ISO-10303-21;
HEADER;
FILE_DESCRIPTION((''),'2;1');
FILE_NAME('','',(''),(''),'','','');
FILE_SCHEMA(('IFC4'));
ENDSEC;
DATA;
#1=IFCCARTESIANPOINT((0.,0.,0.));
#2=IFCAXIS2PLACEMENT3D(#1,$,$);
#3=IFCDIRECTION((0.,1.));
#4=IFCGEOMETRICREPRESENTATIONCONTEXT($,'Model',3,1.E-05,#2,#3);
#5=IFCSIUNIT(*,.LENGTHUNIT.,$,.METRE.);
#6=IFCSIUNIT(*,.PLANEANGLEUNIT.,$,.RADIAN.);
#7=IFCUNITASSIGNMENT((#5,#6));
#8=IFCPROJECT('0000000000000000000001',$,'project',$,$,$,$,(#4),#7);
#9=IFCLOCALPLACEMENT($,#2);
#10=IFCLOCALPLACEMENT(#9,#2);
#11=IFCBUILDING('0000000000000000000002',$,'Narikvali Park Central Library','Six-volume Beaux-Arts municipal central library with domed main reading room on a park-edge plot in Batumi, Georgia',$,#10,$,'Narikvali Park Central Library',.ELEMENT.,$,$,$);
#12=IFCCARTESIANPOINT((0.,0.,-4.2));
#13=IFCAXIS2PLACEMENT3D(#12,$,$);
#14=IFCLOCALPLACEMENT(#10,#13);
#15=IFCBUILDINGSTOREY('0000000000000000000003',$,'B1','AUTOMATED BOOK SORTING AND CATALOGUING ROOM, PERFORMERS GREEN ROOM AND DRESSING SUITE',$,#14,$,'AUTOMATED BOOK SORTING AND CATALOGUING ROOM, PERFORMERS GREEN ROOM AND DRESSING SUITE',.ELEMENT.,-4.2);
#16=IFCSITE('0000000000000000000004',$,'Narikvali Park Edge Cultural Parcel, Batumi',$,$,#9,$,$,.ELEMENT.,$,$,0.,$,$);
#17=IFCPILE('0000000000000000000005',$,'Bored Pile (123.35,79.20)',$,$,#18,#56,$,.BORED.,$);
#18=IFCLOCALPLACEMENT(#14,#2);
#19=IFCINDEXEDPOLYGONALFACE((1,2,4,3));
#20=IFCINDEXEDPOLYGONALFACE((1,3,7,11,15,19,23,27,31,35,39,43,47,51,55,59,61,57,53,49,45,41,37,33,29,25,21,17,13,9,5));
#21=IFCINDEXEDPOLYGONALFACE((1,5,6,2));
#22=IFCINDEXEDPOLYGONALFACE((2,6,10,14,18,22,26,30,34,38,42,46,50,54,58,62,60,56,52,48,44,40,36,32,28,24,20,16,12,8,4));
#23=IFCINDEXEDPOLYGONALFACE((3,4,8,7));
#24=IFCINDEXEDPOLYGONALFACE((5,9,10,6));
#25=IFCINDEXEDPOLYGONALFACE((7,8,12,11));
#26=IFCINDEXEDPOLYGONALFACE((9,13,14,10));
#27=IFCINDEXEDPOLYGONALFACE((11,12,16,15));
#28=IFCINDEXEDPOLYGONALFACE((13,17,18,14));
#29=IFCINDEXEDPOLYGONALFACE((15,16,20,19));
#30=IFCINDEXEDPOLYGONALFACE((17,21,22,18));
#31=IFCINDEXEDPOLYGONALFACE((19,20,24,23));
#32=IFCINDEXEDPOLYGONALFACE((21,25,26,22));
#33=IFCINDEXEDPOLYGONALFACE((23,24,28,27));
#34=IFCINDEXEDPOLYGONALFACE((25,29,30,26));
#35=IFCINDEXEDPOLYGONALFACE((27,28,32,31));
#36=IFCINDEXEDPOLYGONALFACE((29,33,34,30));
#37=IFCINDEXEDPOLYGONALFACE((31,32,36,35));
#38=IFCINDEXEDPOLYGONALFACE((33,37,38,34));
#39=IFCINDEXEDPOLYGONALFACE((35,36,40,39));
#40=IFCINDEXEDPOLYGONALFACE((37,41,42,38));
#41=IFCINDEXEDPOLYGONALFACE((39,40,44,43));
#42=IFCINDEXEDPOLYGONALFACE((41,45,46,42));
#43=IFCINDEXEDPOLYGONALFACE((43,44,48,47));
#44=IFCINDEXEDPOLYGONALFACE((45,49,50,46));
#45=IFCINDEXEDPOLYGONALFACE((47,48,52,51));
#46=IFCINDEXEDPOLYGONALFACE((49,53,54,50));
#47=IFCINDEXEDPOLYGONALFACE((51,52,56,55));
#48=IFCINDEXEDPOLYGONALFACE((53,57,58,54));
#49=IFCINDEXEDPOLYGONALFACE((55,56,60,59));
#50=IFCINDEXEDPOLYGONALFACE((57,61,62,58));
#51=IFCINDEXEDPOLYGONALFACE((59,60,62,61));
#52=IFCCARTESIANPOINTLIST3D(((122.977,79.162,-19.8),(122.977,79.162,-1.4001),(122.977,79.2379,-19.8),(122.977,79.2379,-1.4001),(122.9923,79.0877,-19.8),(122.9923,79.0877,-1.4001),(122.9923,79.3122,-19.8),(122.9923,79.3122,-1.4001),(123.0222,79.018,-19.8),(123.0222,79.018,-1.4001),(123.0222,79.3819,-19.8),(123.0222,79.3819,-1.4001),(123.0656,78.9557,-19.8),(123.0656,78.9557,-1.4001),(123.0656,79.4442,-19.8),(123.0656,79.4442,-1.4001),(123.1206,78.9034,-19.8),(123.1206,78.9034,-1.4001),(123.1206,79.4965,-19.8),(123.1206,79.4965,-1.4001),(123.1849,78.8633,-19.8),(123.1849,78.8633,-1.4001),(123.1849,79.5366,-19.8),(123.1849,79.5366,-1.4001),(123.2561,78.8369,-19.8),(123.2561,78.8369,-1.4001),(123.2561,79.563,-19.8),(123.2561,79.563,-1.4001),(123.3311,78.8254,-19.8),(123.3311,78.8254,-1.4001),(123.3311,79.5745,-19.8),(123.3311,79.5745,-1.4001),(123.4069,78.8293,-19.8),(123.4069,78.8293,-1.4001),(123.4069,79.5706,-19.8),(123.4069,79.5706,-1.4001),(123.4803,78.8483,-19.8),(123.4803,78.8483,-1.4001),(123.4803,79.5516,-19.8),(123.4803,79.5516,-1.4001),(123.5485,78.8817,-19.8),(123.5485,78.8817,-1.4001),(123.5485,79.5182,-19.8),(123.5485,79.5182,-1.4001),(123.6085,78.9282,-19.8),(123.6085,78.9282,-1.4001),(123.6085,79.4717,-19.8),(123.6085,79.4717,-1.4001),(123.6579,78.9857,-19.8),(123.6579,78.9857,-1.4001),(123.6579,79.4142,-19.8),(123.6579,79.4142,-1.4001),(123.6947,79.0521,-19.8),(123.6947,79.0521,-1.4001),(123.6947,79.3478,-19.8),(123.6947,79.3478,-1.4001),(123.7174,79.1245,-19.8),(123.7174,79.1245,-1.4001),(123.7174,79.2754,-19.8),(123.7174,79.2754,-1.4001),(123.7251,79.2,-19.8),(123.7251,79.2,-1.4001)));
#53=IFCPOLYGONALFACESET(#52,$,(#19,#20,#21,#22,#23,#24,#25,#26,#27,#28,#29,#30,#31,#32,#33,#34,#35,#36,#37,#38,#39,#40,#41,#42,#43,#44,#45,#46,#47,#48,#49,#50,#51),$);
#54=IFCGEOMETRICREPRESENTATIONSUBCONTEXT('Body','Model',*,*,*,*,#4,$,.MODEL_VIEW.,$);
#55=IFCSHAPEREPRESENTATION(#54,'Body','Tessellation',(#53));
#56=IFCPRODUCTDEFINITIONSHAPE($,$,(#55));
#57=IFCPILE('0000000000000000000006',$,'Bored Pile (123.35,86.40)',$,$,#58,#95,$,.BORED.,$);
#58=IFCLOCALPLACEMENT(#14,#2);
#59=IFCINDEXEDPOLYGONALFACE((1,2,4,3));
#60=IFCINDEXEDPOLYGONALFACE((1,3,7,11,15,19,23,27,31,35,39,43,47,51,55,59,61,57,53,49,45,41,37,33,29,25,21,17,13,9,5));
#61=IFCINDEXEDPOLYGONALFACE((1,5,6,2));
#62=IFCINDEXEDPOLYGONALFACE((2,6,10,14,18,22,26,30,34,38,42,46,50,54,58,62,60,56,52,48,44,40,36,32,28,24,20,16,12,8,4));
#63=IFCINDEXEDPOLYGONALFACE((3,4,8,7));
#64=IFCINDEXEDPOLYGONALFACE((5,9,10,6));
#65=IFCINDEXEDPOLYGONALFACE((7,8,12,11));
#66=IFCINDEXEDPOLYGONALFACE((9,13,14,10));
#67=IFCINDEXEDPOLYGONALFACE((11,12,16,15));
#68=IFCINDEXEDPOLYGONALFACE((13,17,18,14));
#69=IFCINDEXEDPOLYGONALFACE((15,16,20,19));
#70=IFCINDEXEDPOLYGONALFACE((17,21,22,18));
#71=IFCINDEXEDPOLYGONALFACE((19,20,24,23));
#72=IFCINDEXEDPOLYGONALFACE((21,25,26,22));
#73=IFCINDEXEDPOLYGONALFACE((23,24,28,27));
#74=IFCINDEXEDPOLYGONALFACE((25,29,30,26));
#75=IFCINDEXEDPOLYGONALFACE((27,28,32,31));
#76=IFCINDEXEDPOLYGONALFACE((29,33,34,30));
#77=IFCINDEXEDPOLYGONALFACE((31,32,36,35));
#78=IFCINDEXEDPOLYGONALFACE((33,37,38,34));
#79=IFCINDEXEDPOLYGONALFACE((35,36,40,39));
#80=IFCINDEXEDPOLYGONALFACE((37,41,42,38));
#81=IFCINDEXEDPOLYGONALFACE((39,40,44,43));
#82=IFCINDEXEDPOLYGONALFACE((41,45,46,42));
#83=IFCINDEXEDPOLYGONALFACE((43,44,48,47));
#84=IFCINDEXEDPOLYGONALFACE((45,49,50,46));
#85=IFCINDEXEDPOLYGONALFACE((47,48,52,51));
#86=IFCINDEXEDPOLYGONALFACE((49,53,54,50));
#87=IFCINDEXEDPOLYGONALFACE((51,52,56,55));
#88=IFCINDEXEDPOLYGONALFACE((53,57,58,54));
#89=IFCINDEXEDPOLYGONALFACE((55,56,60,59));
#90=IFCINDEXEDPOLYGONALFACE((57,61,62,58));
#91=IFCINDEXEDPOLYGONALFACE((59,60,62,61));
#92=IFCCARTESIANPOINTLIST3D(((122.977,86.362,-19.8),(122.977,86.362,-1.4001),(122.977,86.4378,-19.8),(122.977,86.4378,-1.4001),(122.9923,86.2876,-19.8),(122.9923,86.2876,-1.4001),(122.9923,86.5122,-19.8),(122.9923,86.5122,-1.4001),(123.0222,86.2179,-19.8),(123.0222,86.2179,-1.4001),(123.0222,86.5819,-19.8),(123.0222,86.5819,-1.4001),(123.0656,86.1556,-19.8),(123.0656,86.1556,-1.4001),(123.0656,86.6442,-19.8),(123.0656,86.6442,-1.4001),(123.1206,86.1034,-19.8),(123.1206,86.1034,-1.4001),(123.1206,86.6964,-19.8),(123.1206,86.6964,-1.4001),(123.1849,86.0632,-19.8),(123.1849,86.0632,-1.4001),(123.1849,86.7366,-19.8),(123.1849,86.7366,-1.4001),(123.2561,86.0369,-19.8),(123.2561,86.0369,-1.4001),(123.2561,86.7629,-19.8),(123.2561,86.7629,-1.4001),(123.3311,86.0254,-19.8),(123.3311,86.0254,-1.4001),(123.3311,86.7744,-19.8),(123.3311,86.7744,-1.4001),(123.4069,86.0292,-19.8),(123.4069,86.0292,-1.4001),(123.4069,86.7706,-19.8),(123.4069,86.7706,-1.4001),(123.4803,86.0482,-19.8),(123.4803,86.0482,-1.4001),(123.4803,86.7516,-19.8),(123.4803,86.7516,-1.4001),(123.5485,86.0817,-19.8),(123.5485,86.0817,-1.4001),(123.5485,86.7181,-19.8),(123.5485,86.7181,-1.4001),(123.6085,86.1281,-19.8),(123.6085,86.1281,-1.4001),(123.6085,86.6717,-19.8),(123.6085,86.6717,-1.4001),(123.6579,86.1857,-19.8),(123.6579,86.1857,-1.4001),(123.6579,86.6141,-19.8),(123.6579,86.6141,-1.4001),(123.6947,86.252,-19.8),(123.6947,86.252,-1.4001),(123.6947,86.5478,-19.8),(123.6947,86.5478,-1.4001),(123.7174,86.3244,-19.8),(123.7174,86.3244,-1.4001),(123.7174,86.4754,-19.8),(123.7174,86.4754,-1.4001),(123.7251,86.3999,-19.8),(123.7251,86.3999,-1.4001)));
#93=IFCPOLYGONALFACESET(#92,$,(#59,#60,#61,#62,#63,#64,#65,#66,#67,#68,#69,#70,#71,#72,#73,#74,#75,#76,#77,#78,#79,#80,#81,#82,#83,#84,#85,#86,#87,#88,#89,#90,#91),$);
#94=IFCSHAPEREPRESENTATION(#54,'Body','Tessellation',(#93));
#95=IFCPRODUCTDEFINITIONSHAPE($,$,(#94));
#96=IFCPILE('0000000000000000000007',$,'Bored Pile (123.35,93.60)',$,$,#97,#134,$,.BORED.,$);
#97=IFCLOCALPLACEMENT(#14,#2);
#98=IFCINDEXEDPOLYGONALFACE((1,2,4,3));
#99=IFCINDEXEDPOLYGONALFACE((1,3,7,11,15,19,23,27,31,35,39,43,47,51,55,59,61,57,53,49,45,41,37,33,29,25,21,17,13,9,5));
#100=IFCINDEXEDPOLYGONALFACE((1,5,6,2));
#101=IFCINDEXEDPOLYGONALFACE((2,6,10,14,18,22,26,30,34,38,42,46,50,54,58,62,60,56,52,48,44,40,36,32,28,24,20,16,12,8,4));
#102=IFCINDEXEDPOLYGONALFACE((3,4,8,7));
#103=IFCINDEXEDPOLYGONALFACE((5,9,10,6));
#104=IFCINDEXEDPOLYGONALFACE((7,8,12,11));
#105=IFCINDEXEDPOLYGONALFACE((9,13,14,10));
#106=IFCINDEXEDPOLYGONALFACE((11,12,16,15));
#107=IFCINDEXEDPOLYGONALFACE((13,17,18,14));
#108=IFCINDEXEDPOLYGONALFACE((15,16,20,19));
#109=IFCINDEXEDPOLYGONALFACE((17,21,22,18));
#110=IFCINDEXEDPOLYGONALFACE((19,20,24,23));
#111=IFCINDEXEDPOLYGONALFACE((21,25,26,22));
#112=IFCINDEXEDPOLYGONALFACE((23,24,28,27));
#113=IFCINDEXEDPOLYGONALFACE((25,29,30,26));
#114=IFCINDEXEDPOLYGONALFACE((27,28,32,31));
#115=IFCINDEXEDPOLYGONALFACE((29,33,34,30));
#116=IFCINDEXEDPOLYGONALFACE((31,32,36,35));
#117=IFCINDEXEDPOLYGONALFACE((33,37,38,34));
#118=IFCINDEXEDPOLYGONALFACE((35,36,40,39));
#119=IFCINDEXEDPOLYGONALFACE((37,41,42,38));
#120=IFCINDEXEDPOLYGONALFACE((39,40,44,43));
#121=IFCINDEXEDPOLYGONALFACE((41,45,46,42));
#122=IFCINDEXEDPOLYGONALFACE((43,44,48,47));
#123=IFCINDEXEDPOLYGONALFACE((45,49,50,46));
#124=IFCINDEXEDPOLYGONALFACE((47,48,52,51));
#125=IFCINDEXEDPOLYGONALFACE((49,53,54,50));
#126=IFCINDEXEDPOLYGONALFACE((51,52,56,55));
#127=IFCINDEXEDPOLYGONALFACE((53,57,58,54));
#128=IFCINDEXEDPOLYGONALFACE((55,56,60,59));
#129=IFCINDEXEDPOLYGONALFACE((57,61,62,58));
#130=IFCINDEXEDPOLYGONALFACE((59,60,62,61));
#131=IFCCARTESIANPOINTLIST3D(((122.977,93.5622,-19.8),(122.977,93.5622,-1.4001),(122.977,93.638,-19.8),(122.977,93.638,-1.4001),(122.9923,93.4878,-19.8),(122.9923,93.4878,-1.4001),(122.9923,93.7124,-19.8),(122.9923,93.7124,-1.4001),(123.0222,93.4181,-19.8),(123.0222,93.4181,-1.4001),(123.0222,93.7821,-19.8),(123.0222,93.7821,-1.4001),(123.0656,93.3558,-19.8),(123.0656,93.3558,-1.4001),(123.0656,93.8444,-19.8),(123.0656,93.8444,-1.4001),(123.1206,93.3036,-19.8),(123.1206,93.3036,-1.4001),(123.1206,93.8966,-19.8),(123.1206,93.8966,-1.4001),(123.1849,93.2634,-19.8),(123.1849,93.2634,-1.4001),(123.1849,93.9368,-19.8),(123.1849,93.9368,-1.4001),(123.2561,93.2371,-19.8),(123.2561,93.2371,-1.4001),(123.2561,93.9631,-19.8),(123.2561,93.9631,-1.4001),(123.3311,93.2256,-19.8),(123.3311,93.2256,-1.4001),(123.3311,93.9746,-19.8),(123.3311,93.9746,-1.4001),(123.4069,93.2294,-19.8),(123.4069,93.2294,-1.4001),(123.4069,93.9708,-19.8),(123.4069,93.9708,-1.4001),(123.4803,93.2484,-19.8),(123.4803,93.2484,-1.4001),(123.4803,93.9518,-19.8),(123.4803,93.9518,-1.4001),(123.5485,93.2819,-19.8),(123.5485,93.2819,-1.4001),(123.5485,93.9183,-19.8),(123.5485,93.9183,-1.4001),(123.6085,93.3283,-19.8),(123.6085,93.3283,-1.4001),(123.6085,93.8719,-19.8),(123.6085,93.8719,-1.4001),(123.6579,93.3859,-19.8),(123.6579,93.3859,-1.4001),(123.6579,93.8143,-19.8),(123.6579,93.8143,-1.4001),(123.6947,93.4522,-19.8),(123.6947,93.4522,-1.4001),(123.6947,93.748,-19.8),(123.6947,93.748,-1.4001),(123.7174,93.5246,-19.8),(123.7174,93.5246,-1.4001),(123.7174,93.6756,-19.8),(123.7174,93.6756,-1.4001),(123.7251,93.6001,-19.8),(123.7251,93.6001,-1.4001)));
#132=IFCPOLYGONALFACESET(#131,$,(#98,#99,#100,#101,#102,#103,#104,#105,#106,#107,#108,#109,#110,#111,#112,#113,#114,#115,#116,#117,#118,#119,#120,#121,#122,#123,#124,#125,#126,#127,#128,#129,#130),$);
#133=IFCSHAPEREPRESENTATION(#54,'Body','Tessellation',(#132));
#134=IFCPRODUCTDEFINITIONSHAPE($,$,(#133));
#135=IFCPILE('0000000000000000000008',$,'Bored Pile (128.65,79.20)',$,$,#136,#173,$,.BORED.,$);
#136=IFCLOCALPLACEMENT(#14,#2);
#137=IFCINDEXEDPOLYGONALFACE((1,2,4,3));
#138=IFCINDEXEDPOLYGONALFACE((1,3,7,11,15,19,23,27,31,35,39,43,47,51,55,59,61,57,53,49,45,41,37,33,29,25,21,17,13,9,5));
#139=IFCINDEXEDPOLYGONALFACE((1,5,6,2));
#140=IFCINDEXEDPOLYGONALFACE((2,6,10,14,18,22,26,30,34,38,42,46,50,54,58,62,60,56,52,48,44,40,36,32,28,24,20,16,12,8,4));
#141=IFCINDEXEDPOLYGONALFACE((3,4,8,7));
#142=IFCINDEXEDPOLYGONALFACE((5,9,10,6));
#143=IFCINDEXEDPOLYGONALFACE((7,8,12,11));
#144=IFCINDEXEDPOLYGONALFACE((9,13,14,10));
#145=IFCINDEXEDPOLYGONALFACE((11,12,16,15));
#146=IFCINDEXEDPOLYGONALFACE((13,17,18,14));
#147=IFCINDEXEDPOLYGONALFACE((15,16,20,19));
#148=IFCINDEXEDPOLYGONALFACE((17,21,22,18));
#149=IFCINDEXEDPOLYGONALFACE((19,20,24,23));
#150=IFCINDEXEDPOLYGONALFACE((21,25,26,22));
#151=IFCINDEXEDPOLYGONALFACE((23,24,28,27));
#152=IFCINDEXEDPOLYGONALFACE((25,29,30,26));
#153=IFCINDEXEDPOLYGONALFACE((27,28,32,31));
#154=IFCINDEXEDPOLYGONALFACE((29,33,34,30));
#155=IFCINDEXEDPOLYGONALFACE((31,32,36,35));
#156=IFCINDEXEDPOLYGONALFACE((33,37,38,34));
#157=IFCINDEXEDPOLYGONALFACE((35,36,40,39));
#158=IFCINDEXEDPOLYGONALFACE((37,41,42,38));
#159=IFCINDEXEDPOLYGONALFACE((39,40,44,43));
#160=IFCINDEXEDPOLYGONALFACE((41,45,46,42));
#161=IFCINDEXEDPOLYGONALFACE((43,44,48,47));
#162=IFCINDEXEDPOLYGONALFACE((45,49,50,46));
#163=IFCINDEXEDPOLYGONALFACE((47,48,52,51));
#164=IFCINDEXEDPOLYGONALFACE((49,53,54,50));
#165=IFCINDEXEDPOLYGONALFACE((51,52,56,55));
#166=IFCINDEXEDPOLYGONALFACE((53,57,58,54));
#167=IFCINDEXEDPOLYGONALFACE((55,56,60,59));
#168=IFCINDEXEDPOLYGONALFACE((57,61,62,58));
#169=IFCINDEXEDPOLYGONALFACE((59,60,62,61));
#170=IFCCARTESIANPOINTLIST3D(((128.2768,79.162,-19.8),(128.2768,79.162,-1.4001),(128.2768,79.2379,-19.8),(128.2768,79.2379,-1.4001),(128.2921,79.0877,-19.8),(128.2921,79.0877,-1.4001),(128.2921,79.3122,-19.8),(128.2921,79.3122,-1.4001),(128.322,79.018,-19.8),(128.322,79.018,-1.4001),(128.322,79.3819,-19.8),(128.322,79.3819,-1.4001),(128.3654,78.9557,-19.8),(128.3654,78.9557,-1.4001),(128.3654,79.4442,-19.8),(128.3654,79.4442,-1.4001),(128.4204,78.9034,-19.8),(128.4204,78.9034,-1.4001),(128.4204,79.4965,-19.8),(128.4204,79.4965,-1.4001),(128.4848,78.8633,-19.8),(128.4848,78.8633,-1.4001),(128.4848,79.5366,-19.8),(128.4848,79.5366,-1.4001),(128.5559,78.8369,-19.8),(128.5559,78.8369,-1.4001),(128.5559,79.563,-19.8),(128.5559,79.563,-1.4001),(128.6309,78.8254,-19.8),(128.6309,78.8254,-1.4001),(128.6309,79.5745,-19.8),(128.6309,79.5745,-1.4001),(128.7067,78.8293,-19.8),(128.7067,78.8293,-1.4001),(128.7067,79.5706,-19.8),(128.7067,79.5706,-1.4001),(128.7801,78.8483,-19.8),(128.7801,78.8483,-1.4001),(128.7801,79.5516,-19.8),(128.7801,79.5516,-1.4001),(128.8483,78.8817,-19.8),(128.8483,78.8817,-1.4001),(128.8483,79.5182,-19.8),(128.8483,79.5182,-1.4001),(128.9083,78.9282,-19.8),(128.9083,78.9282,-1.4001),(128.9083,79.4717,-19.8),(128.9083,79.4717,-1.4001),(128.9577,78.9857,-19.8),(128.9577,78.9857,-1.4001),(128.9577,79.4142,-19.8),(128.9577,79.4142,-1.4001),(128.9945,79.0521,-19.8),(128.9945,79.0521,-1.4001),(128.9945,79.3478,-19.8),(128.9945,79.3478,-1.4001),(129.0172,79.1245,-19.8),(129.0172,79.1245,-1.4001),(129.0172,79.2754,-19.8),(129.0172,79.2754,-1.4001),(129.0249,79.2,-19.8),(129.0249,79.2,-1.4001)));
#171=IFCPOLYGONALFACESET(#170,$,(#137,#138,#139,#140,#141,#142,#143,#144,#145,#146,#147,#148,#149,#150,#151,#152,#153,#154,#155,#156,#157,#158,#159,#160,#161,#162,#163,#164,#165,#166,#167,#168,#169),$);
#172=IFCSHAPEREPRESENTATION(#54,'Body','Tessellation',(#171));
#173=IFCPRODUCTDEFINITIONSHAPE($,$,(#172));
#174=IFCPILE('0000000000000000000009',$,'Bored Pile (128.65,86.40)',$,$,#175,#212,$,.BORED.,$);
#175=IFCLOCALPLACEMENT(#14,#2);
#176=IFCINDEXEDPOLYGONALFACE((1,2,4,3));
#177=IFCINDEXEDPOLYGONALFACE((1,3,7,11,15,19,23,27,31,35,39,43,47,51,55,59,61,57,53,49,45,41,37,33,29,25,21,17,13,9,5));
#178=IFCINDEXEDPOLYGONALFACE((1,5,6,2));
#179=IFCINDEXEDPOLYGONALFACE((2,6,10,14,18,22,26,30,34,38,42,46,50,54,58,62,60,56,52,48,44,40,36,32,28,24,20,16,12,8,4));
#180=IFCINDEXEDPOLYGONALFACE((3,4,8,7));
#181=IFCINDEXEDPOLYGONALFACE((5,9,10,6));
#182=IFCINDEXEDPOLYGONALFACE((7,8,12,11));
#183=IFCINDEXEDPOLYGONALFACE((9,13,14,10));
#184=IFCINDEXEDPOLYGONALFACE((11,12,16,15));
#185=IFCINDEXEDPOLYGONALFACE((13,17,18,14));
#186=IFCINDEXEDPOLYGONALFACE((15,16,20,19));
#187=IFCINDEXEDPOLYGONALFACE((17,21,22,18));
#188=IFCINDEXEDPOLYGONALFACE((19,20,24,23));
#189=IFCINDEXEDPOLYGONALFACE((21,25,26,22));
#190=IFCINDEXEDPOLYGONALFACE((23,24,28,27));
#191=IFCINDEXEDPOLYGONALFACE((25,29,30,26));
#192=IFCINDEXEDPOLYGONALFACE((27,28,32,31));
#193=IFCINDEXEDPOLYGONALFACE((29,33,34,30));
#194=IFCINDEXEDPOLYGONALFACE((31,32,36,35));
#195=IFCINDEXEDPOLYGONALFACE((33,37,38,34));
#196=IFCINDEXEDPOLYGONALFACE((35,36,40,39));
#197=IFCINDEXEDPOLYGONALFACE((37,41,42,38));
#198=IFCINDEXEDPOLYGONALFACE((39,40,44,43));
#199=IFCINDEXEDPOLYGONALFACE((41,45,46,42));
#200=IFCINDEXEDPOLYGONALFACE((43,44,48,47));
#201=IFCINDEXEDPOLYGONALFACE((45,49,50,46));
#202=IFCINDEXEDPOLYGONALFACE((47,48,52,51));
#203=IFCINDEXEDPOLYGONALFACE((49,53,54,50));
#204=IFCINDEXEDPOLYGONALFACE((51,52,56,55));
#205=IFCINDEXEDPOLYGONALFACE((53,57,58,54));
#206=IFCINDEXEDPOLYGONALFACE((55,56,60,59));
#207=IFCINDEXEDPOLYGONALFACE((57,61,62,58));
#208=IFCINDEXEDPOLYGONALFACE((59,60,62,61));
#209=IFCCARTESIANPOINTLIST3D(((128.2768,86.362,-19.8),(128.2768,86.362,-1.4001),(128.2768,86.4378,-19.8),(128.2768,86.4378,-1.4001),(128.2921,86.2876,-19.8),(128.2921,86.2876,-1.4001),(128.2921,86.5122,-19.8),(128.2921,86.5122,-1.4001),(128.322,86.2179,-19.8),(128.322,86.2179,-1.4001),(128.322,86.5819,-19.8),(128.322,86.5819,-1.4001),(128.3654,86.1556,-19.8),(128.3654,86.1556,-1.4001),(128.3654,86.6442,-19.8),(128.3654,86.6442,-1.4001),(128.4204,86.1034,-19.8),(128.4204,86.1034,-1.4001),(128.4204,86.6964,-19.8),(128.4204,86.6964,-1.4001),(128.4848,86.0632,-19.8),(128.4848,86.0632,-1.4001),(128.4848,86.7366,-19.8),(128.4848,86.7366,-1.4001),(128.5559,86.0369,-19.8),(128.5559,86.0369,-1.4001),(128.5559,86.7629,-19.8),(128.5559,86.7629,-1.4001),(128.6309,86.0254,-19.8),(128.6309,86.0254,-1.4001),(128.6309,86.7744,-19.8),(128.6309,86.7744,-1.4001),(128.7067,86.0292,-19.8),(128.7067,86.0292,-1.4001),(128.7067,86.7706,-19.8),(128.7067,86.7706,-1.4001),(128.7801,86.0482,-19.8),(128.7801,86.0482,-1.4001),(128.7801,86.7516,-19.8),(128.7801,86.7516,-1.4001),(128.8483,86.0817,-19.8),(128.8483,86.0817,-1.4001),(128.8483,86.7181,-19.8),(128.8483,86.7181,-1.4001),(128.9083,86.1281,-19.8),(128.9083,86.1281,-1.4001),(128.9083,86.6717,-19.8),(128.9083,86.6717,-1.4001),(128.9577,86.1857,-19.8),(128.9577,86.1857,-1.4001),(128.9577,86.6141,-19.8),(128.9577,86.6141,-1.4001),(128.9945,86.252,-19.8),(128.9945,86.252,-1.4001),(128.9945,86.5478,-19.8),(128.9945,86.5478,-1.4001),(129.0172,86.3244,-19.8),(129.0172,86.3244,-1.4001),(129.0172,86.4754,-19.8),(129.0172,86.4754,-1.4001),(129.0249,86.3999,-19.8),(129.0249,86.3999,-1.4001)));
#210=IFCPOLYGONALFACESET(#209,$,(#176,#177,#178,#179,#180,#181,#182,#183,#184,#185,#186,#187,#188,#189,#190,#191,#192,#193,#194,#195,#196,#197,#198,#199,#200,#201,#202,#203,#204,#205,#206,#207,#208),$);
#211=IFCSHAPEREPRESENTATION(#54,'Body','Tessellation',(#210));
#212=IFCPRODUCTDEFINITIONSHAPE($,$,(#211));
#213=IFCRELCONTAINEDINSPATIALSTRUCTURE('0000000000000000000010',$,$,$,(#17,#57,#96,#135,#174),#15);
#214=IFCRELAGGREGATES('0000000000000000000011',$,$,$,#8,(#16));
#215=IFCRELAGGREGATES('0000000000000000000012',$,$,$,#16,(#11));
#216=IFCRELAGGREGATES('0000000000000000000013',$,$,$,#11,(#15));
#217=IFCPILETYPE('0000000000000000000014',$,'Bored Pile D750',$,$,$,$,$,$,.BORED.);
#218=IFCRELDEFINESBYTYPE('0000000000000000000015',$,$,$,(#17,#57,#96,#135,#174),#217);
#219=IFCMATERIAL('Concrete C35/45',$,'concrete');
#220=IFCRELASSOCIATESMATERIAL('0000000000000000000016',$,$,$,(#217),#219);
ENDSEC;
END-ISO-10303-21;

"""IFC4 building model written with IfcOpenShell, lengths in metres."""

from ifc_helpers import new_model, si_unit, direction, frame, origin, origin_2d, place, context, subcontext, project, spatial, circle, extrude, material, material_profile, profile_set, type_object, element, save


model = new_model("IFC4")

# Units and contexts
model_context = context("Model", 3, precision=1e-05, world=origin(), true_north=direction((0.0, 1.0)))
body_context = subcontext(model_context, "Body", "Model", "MODEL_VIEW")
ifc_project = project(units=[si_unit("LENGTHUNIT", "METRE"), si_unit("PLANEANGLEUNIT", "RADIAN")], contexts=[model_context])

# Site, building, storey
site_placement = place(None, origin())
site = spatial("IfcSite", under=ifc_project, at=site_placement, Name="Narikvali Park Edge Cultural Parcel, Batumi", CompositionType="ELEMENT", RefElevation=0.0)
building_placement = place(site_placement, origin())
building = spatial("IfcBuilding", under=site, at=building_placement, Name="Narikvali Park Central Library", Description="Six-volume Beaux-Arts municipal central library with domed main reading room on a park-edge plot in Batumi, Georgia", LongName="Narikvali Park Central Library", CompositionType="ELEMENT")
storey_placement = place(building_placement, frame((0.0, 0.0, -4.2)))
storey = spatial("IfcBuildingStorey", under=building, at=storey_placement, Name="B1", Description="AUTOMATED BOOK SORTING AND CATALOGUING ROOM, PERFORMERS GREEN ROOM AND DRESSING SUITE", LongName="AUTOMATED BOOK SORTING AND CATALOGUING ROOM, PERFORMERS GREEN ROOM AND DRESSING SUITE", CompositionType="ELEMENT", Elevation=-4.2)

# Piles
ifc_material_1 = material(Name="Concrete C35/45", Category="concrete")
ifc_material_profile_1 = material_profile(ifc_material_1, circle(Radius=0.375, at=origin_2d()), Name="PILE D750")
ifc_profile_set_1 = profile_set([ifc_material_profile_1], Name="Concrete C35/45")
pile_type = type_object("IfcPileType", Name="Bored Pile D750", PredefinedType="BORED", material=ifc_profile_set_1)
for number, where, z_axis, x_axis, name in (
    (1, (123.3501, 79.2, -1.4001), (0.0, 0.0, -1.0), (1.0, 0.0, 0.0), "Bored Pile (123.35,79.20)"),
    (2, (123.3501, 86.3999, -1.4001), (0.0, 0.0, -1.0), (1.0, 0.0, 0.0), "Bored Pile (123.35,86.40)"),
    (3, (123.3501, 93.6001, -1.4001), (0.0, 0.0, -1.0), (1.0, 0.0, 0.0), "Bored Pile (123.35,93.60)"),
    (4, (128.6499, 79.2, -1.4001), (0.0, 0.0, -1.0), (1.0, 0.0, 0.0), "Bored Pile (128.65,79.20)"),
    (5, (128.6499, 86.3999, -1.4001), (0.0, 0.0, -1.0), (1.0, 0.0, 0.0), "Bored Pile (128.65,86.40)"),
):
    element("IfcPile", number, at=place(storey_placement, frame(where, z_axis=z_axis, x_axis=x_axis)), inside=storey, type_object=pile_type, Name=name, PredefinedType="BORED", context=body_context, shape_type="SweptSolid", body=[
        extrude(circle(Radius=0.375, at=origin_2d()), origin(), (0.0, 0.0, 1.0), 18.3999),
    ])

save(model, "model.ifc")
